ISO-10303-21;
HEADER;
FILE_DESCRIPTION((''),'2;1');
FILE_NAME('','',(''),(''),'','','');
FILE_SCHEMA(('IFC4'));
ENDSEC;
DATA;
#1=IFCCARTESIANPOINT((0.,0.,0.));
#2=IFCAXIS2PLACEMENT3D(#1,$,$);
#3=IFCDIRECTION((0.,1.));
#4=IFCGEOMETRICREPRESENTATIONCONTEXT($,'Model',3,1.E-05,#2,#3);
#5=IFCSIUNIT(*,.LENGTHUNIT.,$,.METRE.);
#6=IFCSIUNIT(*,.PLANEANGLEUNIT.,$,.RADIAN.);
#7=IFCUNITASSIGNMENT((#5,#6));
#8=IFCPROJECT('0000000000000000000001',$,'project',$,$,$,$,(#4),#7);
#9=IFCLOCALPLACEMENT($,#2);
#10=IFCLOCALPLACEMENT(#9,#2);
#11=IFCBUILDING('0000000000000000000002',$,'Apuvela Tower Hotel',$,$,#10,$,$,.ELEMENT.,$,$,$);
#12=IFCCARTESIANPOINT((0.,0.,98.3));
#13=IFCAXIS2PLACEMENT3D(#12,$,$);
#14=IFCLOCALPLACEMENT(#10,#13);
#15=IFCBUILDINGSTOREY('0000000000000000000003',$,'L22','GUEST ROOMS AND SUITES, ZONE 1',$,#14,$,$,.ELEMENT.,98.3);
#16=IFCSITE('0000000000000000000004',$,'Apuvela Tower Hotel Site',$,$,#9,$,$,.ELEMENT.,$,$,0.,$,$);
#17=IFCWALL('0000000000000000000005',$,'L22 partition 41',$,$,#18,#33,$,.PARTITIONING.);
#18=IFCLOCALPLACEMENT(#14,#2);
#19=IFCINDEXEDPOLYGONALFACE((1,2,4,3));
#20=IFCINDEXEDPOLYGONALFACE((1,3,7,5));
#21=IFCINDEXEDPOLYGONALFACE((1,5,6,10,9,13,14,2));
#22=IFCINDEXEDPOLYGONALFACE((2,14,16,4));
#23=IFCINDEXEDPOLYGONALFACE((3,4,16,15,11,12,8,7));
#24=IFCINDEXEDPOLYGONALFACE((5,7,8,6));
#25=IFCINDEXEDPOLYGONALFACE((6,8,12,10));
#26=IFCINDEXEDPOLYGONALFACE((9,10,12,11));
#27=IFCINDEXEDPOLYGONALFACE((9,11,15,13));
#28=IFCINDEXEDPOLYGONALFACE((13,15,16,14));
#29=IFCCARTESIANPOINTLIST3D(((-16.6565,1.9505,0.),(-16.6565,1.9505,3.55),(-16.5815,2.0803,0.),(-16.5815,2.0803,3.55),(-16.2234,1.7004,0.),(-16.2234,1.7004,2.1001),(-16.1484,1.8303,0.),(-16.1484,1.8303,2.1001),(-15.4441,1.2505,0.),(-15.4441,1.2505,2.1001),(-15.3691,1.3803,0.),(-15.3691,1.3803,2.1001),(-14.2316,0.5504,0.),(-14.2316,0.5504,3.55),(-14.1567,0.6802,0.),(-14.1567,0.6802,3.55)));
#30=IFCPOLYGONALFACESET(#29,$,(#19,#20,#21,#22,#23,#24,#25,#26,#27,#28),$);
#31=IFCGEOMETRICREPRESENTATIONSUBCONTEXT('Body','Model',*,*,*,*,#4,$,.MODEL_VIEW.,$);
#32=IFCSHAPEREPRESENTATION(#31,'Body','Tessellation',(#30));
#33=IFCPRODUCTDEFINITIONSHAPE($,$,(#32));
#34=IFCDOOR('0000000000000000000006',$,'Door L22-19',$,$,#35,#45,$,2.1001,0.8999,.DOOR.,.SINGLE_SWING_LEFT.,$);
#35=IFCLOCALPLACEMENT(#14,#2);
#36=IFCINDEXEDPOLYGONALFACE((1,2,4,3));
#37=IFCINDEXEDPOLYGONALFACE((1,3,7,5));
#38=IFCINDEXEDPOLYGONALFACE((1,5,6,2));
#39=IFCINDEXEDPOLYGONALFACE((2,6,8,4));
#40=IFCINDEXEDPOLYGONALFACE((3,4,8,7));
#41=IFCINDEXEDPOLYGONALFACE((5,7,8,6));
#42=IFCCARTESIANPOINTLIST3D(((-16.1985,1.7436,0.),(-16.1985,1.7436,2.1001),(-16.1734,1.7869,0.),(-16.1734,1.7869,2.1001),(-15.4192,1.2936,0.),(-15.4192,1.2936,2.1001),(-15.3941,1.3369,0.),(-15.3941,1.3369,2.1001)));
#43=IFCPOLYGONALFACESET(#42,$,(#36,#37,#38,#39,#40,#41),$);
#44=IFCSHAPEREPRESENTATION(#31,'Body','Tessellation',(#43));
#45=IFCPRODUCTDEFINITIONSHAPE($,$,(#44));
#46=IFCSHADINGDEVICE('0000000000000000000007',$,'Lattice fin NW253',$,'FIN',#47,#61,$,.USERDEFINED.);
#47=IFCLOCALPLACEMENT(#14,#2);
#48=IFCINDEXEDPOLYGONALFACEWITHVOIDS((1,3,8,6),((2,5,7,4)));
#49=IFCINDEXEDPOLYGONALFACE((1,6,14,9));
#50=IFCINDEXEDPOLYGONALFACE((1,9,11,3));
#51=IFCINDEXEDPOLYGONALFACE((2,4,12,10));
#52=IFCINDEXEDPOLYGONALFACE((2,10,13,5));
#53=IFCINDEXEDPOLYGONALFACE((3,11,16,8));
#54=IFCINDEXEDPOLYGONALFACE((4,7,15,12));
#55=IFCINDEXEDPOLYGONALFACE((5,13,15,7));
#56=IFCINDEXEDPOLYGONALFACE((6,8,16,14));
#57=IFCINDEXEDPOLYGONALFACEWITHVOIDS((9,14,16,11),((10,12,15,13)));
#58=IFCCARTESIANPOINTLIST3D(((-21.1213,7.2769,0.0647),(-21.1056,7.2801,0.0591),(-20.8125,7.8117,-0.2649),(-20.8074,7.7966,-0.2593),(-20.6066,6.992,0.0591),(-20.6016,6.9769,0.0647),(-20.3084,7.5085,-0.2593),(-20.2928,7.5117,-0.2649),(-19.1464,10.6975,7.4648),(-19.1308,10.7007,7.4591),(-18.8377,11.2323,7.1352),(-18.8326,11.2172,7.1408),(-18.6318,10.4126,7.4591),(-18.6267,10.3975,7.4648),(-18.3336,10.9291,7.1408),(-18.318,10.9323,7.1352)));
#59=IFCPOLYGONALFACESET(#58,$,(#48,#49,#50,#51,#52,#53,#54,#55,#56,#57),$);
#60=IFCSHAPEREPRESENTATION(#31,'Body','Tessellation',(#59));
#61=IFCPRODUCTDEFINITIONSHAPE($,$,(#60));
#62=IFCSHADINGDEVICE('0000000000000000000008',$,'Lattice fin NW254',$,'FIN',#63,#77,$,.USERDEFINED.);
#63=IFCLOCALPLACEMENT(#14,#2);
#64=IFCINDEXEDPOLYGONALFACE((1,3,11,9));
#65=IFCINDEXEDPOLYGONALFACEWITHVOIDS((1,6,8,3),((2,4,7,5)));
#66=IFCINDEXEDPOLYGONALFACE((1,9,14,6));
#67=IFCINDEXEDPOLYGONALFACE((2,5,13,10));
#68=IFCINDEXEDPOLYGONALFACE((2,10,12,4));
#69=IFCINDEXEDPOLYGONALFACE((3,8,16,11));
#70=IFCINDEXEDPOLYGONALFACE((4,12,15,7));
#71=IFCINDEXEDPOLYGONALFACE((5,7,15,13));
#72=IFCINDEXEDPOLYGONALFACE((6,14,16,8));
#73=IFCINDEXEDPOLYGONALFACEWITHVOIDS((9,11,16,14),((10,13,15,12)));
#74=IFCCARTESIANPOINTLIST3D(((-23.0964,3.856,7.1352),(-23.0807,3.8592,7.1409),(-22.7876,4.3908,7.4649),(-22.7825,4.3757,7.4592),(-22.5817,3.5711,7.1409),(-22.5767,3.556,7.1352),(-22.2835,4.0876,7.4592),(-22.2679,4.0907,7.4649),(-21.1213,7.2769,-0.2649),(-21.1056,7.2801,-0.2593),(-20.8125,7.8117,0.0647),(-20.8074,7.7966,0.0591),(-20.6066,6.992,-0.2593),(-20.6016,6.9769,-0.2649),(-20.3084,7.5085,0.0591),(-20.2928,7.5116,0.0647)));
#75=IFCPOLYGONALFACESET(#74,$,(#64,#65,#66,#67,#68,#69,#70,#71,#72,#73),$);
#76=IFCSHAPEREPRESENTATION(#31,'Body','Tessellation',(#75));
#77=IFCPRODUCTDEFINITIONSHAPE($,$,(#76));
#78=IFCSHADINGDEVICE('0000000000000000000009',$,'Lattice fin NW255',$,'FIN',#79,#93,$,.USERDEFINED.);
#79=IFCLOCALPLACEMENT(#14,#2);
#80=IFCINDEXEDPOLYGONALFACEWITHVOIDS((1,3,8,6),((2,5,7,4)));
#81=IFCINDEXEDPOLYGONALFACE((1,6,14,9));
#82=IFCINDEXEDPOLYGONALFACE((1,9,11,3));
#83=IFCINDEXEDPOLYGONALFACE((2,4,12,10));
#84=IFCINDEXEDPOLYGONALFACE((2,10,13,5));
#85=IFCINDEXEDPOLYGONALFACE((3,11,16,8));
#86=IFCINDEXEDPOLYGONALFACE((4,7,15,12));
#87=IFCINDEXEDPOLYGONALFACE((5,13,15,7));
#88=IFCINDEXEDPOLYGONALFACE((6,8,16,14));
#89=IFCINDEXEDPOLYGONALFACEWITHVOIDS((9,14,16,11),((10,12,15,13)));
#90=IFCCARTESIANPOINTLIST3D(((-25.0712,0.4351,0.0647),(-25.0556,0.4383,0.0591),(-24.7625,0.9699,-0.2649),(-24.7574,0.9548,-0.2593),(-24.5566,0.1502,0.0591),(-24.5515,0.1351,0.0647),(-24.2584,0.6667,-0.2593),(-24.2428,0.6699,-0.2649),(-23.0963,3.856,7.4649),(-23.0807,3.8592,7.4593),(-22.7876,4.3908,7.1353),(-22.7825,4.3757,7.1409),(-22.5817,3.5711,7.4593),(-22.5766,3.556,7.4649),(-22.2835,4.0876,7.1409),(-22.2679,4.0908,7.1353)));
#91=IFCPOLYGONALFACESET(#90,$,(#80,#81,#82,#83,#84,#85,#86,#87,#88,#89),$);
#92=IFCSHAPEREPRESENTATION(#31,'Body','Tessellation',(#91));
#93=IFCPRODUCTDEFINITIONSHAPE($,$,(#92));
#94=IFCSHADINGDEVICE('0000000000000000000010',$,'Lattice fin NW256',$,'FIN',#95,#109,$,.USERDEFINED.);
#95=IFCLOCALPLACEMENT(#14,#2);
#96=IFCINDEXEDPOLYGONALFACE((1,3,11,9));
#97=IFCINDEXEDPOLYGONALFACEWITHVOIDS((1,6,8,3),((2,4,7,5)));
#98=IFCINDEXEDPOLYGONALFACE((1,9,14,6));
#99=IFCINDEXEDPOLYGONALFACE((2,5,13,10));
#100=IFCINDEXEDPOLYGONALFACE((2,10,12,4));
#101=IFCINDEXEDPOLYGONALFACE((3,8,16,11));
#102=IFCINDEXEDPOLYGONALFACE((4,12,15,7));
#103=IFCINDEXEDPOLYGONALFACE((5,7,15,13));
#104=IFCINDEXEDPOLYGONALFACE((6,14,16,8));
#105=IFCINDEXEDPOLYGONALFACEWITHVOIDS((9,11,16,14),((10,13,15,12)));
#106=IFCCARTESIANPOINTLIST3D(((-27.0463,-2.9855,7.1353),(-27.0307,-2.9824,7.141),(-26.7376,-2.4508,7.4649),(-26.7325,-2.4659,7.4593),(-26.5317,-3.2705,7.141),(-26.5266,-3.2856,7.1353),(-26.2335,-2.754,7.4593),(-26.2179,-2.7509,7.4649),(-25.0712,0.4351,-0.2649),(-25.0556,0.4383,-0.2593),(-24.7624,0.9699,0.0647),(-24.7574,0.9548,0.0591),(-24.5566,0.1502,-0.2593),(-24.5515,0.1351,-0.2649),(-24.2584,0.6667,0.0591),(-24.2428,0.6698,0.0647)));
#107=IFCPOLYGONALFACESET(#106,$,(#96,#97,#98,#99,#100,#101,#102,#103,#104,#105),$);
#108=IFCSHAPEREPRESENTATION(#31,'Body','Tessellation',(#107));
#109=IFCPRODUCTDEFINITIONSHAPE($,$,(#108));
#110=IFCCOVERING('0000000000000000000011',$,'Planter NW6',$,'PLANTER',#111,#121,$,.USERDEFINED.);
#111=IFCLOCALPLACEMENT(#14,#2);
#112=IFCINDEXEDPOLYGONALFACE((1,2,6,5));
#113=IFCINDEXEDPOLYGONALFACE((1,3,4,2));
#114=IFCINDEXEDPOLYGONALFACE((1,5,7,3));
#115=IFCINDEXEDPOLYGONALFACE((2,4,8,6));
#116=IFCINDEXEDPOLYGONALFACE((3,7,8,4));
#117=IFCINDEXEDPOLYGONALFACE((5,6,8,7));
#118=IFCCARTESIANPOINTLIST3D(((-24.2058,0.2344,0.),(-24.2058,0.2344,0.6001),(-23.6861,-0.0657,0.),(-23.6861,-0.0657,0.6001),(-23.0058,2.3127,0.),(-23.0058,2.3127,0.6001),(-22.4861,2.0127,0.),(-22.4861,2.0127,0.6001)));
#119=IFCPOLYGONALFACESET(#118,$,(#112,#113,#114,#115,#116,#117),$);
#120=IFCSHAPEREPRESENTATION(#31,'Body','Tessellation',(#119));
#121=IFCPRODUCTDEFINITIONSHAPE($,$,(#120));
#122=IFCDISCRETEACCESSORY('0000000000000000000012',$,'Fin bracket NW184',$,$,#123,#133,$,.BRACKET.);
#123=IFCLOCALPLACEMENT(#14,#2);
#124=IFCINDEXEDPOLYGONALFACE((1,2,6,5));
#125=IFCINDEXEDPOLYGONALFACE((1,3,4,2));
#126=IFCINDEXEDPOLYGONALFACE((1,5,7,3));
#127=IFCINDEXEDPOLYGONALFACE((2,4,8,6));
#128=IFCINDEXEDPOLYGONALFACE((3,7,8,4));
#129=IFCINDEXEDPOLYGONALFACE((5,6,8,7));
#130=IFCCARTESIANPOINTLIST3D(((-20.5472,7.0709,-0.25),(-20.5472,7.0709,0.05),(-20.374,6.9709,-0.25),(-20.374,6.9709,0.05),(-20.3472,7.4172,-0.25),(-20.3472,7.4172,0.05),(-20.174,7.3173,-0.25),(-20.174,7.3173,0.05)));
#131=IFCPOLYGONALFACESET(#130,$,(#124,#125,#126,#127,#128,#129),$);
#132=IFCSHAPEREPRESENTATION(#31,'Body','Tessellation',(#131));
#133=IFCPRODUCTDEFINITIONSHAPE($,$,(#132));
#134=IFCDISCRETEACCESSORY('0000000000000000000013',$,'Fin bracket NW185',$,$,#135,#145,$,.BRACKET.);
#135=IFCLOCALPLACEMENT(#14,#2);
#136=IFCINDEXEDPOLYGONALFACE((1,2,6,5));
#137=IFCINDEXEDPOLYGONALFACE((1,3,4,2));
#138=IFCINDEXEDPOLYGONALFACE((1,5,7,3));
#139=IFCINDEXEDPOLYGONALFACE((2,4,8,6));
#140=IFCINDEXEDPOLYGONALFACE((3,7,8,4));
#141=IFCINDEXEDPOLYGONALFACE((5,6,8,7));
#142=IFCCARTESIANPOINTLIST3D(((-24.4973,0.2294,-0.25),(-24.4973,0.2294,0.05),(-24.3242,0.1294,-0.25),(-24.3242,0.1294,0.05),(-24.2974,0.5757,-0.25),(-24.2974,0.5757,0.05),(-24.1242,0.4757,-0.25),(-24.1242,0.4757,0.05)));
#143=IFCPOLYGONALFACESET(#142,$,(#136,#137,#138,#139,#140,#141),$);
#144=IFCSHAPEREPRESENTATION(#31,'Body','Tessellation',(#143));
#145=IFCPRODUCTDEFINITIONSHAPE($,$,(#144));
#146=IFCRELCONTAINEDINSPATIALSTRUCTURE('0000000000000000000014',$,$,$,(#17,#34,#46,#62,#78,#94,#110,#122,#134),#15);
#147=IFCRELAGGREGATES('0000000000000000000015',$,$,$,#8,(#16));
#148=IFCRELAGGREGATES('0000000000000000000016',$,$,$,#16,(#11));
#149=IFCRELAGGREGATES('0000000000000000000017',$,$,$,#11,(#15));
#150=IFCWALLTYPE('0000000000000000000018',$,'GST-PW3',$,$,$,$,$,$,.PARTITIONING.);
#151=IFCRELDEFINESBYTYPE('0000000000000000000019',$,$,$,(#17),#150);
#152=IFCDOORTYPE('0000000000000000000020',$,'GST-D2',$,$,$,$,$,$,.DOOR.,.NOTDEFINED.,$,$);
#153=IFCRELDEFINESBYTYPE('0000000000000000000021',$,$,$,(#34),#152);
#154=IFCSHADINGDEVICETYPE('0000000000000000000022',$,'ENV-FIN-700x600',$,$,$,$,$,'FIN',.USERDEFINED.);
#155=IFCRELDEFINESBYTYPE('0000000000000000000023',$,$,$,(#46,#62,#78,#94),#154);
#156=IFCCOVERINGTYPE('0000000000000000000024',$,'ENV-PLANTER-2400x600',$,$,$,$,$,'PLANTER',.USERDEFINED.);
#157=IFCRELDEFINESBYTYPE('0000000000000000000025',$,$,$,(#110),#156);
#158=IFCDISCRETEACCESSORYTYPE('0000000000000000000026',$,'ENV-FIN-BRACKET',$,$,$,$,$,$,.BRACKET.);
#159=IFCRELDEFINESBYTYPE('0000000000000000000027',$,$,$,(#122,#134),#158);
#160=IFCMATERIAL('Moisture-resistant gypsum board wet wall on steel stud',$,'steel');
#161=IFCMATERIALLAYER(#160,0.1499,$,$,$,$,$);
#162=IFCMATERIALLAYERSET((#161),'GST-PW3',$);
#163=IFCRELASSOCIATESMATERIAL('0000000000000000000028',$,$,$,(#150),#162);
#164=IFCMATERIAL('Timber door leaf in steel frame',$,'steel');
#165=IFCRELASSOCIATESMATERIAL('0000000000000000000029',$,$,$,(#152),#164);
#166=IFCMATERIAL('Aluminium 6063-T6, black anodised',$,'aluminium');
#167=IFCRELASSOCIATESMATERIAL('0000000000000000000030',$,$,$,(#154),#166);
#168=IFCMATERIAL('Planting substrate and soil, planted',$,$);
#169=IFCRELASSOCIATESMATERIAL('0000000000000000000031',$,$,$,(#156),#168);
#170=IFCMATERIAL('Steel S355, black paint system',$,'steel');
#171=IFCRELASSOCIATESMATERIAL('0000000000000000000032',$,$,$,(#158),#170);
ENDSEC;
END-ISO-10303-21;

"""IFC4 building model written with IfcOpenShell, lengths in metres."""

from ifc_helpers import new_model, si_unit, direction, frame, frame_2d, origin, origin_2d, place, context, subcontext, project, spatial, rectangle, hollow_rectangle, extrude, material, layer, layer_set, material_profile, profile_set, type_object, element, fill, save


model = new_model("IFC4")

# Units and contexts
model_context = context("Model", 3, precision=1e-05, world=origin(), true_north=direction((0.0, 1.0)))
body_context = subcontext(model_context, "Body", "Model", "MODEL_VIEW")
ifc_project = project(units=[si_unit("LENGTHUNIT", "METRE"), si_unit("PLANEANGLEUNIT", "RADIAN")], contexts=[model_context])

# Site, building, storey
site_placement = place(None, origin())
site = spatial("IfcSite", under=ifc_project, at=site_placement, Name="Apuvela Tower Hotel Site", CompositionType="ELEMENT", RefElevation=0.0)
building_placement = place(site_placement, origin())
building = spatial("IfcBuilding", under=site, at=building_placement, Name="Apuvela Tower Hotel", CompositionType="ELEMENT")
storey_placement = place(building_placement, frame((0.0, 0.0, 98.3)))
storey = spatial("IfcBuildingStorey", under=building, at=storey_placement, Name="L22", Description="GUEST ROOMS AND SUITES, ZONE 1", CompositionType="ELEMENT", Elevation=98.3)

# Wall, opening, door
ifc_material_1 = material(Name="Moisture-resistant gypsum board wet wall on steel stud", Category="steel")
ifc_layer_1 = layer(ifc_material_1, 0.1499)
ifc_layer_set_1 = layer_set([ifc_layer_1], Name="GST-PW3")
wall_type_1 = type_object("IfcWallType", Name="GST-PW3", PredefinedType="PARTITIONING", material=ifc_layer_set_1)
wall_1_placement = place(storey_placement, frame((-16.6189, 2.0154, 0.0), z_axis=(0.0, 0.0, 1.0), x_axis=(0.865997, -0.50005, 0.0)))
wall_1 = element("IfcWall", 1, at=wall_1_placement, inside=storey, type_object=wall_type_1, Name="L22 partition 41", PredefinedType="PARTITIONING", context=body_context, shape_type="SweptSolid", body=[
    extrude(rectangle(XDim=2.8, YDim=0.1499, at=frame_2d((1.3999, 0.0))), origin(), (0.0, 0.0, 1.0), 3.55),
])
opening_1_placement = place(wall_1_placement, frame((0.5, 0.0, 0.0)))
opening_1 = element("IfcOpeningElement", 2, at=opening_1_placement, cuts=wall_1, PredefinedType="OPENING", context=body_context, shape_type="SweptSolid", body=[
    extrude(rectangle(XDim=0.8999, YDim=2.1001, at=frame_2d((0.45, 1.05))), frame((0.0, 0.085, 0.0), z_axis=(0.0, -1.0, 0.0), x_axis=(1.0, 0.0, 0.0)), (0.0, 0.0, 1.0), 0.1699),
])
ifc_material_2 = material(Name="Timber door leaf in steel frame", Category="steel")
door_type_1 = type_object("IfcDoorType", Name="GST-D2", OperationType="NOTDEFINED", PredefinedType="DOOR", material=ifc_material_2)
door_1_placement = place(opening_1_placement, origin())
door_1 = element("IfcDoor", 3, at=door_1_placement, inside=storey, type_object=door_type_1, Name="Door L22-19", OperationType="SINGLE_SWING_LEFT", OverallHeight=2.1001, OverallWidth=0.8999, PredefinedType="DOOR", context=body_context, shape_type="SweptSolid", body=[
    extrude(rectangle(XDim=0.8999, YDim=2.1001, at=frame_2d((0.45, 1.05))), frame((0.0, 0.0249, 0.0), z_axis=(0.0, -1.0, 0.0), x_axis=(1.0, 0.0, 0.0)), (0.0, 0.0, 1.0), 0.05),
])
fill(opening_1, door_1)

# Shading devices
ifc_material_3 = material(Name="Aluminium 6063-T6, black anodised", Category="aluminium")
ifc_material_profile_1 = material_profile(ifc_material_3, hollow_rectangle(XDim=0.6001, YDim=0.7, WallThickness=0.012, at=origin_2d()), Name="AL BOX 700x600x12")
ifc_profile_set_1 = profile_set([ifc_material_profile_1], Name="Aluminium 6063-T6, black anodised")
shading_device_type = type_object("IfcShadingDeviceType", Name="ENV-FIN-700x600", ElementType="FIN", PredefinedType="USERDEFINED", material=ifc_profile_set_1)
shading_device_placement = place(storey_placement, frame((-20.707, 7.3943, -0.1001), z_axis=(0.23543, 0.40779, 0.882202), x_axis=(-0.866032, 0.499988, 0.0)))
element("IfcShadingDevice", 4, at=shading_device_placement, inside=storey, type_object=shading_device_type, Name="Lattice fin NW253", ObjectType="FIN", PredefinedType="USERDEFINED", context=body_context, shape_type="SweptSolid", body=[
    extrude(hollow_rectangle(XDim=0.6001, YDim=0.7, WallThickness=0.012, at=origin_2d()), origin(), (0.0, 0.0, 1.0), 8.3882),
])
for number, where, z_axis, x_axis, name in (
    (5, (-20.707, 7.3943, -0.1001), (-0.235455, -0.407812, 0.882185), (0.866021, -0.500008, 0.0), "Lattice fin NW254"),
    (6, (-24.657, 0.5525, -0.1001), (0.235428, 0.407814, 0.882191), (-0.866048, 0.499961, 0.0), "Lattice fin NW255"),
    (7, (-24.657, 0.5525, -0.1001), (-0.235458, -0.407787, 0.882196), (0.866005, -0.500035, 0.0), "Lattice fin NW256"),
):
    element("IfcShadingDevice", number, at=place(storey_placement, frame(where, z_axis=z_axis, x_axis=x_axis)), inside=storey, type_object=shading_device_type, Name=name, ObjectType="FIN", PredefinedType="USERDEFINED", context=body_context, shape_type="SweptSolid", body=[
        extrude(hollow_rectangle(XDim=0.6001, YDim=0.7, WallThickness=0.012, at=origin_2d()), origin(), (0.0, 0.0, 1.0), 8.3884),
    ])

# Covering
ifc_material_4 = material(Name="Planting substrate and soil, planted")
covering_type = type_object("IfcCoveringType", Name="ENV-PLANTER-2400x600", ElementType="PLANTER", PredefinedType="USERDEFINED", material=ifc_material_4)
covering_placement = place(storey_placement, frame((-23.3459, 1.1235, 0.0), z_axis=(0.0, 0.0, 1.0), x_axis=(-0.5, -0.866025, 0.0)))
element("IfcCovering", 8, at=covering_placement, inside=storey, type_object=covering_type, Name="Planter NW6", ObjectType="PLANTER", PredefinedType="USERDEFINED", context=body_context, shape_type="SweptSolid", body=[
    extrude(rectangle(XDim=2.3999, YDim=0.6001, at=origin_2d()), origin(), (0.0, 0.0, 1.0), 0.6001),
])

# Discrete accessories
ifc_material_5 = material(Name="Steel S355, black paint system", Category="steel")
discrete_accessory_type = type_object("IfcDiscreteAccessoryType", Name="ENV-FIN-BRACKET", PredefinedType="BRACKET", material=ifc_material_5)
for number, where, z_axis, x_axis, name in (
    (9, (-20.3606, 7.1941, -0.25), (0.0, 0.0, 1.0), (-0.5, -0.866025, 0.0), "Fin bracket NW184"),
    (10, (-24.3108, 0.3525, -0.25), (0.0, 0.0, 1.0), (-0.5, -0.866025, 0.0), "Fin bracket NW185"),
):
    element("IfcDiscreteAccessory", number, at=place(storey_placement, frame(where, z_axis=z_axis, x_axis=x_axis)), inside=storey, type_object=discrete_accessory_type, Name=name, PredefinedType="BRACKET", context=body_context, shape_type="SweptSolid", body=[
        extrude(rectangle(XDim=0.3999, YDim=0.2, at=origin_2d()), origin(), (0.0, 0.0, 1.0), 0.3),
    ])

save(model, "model.ifc")
